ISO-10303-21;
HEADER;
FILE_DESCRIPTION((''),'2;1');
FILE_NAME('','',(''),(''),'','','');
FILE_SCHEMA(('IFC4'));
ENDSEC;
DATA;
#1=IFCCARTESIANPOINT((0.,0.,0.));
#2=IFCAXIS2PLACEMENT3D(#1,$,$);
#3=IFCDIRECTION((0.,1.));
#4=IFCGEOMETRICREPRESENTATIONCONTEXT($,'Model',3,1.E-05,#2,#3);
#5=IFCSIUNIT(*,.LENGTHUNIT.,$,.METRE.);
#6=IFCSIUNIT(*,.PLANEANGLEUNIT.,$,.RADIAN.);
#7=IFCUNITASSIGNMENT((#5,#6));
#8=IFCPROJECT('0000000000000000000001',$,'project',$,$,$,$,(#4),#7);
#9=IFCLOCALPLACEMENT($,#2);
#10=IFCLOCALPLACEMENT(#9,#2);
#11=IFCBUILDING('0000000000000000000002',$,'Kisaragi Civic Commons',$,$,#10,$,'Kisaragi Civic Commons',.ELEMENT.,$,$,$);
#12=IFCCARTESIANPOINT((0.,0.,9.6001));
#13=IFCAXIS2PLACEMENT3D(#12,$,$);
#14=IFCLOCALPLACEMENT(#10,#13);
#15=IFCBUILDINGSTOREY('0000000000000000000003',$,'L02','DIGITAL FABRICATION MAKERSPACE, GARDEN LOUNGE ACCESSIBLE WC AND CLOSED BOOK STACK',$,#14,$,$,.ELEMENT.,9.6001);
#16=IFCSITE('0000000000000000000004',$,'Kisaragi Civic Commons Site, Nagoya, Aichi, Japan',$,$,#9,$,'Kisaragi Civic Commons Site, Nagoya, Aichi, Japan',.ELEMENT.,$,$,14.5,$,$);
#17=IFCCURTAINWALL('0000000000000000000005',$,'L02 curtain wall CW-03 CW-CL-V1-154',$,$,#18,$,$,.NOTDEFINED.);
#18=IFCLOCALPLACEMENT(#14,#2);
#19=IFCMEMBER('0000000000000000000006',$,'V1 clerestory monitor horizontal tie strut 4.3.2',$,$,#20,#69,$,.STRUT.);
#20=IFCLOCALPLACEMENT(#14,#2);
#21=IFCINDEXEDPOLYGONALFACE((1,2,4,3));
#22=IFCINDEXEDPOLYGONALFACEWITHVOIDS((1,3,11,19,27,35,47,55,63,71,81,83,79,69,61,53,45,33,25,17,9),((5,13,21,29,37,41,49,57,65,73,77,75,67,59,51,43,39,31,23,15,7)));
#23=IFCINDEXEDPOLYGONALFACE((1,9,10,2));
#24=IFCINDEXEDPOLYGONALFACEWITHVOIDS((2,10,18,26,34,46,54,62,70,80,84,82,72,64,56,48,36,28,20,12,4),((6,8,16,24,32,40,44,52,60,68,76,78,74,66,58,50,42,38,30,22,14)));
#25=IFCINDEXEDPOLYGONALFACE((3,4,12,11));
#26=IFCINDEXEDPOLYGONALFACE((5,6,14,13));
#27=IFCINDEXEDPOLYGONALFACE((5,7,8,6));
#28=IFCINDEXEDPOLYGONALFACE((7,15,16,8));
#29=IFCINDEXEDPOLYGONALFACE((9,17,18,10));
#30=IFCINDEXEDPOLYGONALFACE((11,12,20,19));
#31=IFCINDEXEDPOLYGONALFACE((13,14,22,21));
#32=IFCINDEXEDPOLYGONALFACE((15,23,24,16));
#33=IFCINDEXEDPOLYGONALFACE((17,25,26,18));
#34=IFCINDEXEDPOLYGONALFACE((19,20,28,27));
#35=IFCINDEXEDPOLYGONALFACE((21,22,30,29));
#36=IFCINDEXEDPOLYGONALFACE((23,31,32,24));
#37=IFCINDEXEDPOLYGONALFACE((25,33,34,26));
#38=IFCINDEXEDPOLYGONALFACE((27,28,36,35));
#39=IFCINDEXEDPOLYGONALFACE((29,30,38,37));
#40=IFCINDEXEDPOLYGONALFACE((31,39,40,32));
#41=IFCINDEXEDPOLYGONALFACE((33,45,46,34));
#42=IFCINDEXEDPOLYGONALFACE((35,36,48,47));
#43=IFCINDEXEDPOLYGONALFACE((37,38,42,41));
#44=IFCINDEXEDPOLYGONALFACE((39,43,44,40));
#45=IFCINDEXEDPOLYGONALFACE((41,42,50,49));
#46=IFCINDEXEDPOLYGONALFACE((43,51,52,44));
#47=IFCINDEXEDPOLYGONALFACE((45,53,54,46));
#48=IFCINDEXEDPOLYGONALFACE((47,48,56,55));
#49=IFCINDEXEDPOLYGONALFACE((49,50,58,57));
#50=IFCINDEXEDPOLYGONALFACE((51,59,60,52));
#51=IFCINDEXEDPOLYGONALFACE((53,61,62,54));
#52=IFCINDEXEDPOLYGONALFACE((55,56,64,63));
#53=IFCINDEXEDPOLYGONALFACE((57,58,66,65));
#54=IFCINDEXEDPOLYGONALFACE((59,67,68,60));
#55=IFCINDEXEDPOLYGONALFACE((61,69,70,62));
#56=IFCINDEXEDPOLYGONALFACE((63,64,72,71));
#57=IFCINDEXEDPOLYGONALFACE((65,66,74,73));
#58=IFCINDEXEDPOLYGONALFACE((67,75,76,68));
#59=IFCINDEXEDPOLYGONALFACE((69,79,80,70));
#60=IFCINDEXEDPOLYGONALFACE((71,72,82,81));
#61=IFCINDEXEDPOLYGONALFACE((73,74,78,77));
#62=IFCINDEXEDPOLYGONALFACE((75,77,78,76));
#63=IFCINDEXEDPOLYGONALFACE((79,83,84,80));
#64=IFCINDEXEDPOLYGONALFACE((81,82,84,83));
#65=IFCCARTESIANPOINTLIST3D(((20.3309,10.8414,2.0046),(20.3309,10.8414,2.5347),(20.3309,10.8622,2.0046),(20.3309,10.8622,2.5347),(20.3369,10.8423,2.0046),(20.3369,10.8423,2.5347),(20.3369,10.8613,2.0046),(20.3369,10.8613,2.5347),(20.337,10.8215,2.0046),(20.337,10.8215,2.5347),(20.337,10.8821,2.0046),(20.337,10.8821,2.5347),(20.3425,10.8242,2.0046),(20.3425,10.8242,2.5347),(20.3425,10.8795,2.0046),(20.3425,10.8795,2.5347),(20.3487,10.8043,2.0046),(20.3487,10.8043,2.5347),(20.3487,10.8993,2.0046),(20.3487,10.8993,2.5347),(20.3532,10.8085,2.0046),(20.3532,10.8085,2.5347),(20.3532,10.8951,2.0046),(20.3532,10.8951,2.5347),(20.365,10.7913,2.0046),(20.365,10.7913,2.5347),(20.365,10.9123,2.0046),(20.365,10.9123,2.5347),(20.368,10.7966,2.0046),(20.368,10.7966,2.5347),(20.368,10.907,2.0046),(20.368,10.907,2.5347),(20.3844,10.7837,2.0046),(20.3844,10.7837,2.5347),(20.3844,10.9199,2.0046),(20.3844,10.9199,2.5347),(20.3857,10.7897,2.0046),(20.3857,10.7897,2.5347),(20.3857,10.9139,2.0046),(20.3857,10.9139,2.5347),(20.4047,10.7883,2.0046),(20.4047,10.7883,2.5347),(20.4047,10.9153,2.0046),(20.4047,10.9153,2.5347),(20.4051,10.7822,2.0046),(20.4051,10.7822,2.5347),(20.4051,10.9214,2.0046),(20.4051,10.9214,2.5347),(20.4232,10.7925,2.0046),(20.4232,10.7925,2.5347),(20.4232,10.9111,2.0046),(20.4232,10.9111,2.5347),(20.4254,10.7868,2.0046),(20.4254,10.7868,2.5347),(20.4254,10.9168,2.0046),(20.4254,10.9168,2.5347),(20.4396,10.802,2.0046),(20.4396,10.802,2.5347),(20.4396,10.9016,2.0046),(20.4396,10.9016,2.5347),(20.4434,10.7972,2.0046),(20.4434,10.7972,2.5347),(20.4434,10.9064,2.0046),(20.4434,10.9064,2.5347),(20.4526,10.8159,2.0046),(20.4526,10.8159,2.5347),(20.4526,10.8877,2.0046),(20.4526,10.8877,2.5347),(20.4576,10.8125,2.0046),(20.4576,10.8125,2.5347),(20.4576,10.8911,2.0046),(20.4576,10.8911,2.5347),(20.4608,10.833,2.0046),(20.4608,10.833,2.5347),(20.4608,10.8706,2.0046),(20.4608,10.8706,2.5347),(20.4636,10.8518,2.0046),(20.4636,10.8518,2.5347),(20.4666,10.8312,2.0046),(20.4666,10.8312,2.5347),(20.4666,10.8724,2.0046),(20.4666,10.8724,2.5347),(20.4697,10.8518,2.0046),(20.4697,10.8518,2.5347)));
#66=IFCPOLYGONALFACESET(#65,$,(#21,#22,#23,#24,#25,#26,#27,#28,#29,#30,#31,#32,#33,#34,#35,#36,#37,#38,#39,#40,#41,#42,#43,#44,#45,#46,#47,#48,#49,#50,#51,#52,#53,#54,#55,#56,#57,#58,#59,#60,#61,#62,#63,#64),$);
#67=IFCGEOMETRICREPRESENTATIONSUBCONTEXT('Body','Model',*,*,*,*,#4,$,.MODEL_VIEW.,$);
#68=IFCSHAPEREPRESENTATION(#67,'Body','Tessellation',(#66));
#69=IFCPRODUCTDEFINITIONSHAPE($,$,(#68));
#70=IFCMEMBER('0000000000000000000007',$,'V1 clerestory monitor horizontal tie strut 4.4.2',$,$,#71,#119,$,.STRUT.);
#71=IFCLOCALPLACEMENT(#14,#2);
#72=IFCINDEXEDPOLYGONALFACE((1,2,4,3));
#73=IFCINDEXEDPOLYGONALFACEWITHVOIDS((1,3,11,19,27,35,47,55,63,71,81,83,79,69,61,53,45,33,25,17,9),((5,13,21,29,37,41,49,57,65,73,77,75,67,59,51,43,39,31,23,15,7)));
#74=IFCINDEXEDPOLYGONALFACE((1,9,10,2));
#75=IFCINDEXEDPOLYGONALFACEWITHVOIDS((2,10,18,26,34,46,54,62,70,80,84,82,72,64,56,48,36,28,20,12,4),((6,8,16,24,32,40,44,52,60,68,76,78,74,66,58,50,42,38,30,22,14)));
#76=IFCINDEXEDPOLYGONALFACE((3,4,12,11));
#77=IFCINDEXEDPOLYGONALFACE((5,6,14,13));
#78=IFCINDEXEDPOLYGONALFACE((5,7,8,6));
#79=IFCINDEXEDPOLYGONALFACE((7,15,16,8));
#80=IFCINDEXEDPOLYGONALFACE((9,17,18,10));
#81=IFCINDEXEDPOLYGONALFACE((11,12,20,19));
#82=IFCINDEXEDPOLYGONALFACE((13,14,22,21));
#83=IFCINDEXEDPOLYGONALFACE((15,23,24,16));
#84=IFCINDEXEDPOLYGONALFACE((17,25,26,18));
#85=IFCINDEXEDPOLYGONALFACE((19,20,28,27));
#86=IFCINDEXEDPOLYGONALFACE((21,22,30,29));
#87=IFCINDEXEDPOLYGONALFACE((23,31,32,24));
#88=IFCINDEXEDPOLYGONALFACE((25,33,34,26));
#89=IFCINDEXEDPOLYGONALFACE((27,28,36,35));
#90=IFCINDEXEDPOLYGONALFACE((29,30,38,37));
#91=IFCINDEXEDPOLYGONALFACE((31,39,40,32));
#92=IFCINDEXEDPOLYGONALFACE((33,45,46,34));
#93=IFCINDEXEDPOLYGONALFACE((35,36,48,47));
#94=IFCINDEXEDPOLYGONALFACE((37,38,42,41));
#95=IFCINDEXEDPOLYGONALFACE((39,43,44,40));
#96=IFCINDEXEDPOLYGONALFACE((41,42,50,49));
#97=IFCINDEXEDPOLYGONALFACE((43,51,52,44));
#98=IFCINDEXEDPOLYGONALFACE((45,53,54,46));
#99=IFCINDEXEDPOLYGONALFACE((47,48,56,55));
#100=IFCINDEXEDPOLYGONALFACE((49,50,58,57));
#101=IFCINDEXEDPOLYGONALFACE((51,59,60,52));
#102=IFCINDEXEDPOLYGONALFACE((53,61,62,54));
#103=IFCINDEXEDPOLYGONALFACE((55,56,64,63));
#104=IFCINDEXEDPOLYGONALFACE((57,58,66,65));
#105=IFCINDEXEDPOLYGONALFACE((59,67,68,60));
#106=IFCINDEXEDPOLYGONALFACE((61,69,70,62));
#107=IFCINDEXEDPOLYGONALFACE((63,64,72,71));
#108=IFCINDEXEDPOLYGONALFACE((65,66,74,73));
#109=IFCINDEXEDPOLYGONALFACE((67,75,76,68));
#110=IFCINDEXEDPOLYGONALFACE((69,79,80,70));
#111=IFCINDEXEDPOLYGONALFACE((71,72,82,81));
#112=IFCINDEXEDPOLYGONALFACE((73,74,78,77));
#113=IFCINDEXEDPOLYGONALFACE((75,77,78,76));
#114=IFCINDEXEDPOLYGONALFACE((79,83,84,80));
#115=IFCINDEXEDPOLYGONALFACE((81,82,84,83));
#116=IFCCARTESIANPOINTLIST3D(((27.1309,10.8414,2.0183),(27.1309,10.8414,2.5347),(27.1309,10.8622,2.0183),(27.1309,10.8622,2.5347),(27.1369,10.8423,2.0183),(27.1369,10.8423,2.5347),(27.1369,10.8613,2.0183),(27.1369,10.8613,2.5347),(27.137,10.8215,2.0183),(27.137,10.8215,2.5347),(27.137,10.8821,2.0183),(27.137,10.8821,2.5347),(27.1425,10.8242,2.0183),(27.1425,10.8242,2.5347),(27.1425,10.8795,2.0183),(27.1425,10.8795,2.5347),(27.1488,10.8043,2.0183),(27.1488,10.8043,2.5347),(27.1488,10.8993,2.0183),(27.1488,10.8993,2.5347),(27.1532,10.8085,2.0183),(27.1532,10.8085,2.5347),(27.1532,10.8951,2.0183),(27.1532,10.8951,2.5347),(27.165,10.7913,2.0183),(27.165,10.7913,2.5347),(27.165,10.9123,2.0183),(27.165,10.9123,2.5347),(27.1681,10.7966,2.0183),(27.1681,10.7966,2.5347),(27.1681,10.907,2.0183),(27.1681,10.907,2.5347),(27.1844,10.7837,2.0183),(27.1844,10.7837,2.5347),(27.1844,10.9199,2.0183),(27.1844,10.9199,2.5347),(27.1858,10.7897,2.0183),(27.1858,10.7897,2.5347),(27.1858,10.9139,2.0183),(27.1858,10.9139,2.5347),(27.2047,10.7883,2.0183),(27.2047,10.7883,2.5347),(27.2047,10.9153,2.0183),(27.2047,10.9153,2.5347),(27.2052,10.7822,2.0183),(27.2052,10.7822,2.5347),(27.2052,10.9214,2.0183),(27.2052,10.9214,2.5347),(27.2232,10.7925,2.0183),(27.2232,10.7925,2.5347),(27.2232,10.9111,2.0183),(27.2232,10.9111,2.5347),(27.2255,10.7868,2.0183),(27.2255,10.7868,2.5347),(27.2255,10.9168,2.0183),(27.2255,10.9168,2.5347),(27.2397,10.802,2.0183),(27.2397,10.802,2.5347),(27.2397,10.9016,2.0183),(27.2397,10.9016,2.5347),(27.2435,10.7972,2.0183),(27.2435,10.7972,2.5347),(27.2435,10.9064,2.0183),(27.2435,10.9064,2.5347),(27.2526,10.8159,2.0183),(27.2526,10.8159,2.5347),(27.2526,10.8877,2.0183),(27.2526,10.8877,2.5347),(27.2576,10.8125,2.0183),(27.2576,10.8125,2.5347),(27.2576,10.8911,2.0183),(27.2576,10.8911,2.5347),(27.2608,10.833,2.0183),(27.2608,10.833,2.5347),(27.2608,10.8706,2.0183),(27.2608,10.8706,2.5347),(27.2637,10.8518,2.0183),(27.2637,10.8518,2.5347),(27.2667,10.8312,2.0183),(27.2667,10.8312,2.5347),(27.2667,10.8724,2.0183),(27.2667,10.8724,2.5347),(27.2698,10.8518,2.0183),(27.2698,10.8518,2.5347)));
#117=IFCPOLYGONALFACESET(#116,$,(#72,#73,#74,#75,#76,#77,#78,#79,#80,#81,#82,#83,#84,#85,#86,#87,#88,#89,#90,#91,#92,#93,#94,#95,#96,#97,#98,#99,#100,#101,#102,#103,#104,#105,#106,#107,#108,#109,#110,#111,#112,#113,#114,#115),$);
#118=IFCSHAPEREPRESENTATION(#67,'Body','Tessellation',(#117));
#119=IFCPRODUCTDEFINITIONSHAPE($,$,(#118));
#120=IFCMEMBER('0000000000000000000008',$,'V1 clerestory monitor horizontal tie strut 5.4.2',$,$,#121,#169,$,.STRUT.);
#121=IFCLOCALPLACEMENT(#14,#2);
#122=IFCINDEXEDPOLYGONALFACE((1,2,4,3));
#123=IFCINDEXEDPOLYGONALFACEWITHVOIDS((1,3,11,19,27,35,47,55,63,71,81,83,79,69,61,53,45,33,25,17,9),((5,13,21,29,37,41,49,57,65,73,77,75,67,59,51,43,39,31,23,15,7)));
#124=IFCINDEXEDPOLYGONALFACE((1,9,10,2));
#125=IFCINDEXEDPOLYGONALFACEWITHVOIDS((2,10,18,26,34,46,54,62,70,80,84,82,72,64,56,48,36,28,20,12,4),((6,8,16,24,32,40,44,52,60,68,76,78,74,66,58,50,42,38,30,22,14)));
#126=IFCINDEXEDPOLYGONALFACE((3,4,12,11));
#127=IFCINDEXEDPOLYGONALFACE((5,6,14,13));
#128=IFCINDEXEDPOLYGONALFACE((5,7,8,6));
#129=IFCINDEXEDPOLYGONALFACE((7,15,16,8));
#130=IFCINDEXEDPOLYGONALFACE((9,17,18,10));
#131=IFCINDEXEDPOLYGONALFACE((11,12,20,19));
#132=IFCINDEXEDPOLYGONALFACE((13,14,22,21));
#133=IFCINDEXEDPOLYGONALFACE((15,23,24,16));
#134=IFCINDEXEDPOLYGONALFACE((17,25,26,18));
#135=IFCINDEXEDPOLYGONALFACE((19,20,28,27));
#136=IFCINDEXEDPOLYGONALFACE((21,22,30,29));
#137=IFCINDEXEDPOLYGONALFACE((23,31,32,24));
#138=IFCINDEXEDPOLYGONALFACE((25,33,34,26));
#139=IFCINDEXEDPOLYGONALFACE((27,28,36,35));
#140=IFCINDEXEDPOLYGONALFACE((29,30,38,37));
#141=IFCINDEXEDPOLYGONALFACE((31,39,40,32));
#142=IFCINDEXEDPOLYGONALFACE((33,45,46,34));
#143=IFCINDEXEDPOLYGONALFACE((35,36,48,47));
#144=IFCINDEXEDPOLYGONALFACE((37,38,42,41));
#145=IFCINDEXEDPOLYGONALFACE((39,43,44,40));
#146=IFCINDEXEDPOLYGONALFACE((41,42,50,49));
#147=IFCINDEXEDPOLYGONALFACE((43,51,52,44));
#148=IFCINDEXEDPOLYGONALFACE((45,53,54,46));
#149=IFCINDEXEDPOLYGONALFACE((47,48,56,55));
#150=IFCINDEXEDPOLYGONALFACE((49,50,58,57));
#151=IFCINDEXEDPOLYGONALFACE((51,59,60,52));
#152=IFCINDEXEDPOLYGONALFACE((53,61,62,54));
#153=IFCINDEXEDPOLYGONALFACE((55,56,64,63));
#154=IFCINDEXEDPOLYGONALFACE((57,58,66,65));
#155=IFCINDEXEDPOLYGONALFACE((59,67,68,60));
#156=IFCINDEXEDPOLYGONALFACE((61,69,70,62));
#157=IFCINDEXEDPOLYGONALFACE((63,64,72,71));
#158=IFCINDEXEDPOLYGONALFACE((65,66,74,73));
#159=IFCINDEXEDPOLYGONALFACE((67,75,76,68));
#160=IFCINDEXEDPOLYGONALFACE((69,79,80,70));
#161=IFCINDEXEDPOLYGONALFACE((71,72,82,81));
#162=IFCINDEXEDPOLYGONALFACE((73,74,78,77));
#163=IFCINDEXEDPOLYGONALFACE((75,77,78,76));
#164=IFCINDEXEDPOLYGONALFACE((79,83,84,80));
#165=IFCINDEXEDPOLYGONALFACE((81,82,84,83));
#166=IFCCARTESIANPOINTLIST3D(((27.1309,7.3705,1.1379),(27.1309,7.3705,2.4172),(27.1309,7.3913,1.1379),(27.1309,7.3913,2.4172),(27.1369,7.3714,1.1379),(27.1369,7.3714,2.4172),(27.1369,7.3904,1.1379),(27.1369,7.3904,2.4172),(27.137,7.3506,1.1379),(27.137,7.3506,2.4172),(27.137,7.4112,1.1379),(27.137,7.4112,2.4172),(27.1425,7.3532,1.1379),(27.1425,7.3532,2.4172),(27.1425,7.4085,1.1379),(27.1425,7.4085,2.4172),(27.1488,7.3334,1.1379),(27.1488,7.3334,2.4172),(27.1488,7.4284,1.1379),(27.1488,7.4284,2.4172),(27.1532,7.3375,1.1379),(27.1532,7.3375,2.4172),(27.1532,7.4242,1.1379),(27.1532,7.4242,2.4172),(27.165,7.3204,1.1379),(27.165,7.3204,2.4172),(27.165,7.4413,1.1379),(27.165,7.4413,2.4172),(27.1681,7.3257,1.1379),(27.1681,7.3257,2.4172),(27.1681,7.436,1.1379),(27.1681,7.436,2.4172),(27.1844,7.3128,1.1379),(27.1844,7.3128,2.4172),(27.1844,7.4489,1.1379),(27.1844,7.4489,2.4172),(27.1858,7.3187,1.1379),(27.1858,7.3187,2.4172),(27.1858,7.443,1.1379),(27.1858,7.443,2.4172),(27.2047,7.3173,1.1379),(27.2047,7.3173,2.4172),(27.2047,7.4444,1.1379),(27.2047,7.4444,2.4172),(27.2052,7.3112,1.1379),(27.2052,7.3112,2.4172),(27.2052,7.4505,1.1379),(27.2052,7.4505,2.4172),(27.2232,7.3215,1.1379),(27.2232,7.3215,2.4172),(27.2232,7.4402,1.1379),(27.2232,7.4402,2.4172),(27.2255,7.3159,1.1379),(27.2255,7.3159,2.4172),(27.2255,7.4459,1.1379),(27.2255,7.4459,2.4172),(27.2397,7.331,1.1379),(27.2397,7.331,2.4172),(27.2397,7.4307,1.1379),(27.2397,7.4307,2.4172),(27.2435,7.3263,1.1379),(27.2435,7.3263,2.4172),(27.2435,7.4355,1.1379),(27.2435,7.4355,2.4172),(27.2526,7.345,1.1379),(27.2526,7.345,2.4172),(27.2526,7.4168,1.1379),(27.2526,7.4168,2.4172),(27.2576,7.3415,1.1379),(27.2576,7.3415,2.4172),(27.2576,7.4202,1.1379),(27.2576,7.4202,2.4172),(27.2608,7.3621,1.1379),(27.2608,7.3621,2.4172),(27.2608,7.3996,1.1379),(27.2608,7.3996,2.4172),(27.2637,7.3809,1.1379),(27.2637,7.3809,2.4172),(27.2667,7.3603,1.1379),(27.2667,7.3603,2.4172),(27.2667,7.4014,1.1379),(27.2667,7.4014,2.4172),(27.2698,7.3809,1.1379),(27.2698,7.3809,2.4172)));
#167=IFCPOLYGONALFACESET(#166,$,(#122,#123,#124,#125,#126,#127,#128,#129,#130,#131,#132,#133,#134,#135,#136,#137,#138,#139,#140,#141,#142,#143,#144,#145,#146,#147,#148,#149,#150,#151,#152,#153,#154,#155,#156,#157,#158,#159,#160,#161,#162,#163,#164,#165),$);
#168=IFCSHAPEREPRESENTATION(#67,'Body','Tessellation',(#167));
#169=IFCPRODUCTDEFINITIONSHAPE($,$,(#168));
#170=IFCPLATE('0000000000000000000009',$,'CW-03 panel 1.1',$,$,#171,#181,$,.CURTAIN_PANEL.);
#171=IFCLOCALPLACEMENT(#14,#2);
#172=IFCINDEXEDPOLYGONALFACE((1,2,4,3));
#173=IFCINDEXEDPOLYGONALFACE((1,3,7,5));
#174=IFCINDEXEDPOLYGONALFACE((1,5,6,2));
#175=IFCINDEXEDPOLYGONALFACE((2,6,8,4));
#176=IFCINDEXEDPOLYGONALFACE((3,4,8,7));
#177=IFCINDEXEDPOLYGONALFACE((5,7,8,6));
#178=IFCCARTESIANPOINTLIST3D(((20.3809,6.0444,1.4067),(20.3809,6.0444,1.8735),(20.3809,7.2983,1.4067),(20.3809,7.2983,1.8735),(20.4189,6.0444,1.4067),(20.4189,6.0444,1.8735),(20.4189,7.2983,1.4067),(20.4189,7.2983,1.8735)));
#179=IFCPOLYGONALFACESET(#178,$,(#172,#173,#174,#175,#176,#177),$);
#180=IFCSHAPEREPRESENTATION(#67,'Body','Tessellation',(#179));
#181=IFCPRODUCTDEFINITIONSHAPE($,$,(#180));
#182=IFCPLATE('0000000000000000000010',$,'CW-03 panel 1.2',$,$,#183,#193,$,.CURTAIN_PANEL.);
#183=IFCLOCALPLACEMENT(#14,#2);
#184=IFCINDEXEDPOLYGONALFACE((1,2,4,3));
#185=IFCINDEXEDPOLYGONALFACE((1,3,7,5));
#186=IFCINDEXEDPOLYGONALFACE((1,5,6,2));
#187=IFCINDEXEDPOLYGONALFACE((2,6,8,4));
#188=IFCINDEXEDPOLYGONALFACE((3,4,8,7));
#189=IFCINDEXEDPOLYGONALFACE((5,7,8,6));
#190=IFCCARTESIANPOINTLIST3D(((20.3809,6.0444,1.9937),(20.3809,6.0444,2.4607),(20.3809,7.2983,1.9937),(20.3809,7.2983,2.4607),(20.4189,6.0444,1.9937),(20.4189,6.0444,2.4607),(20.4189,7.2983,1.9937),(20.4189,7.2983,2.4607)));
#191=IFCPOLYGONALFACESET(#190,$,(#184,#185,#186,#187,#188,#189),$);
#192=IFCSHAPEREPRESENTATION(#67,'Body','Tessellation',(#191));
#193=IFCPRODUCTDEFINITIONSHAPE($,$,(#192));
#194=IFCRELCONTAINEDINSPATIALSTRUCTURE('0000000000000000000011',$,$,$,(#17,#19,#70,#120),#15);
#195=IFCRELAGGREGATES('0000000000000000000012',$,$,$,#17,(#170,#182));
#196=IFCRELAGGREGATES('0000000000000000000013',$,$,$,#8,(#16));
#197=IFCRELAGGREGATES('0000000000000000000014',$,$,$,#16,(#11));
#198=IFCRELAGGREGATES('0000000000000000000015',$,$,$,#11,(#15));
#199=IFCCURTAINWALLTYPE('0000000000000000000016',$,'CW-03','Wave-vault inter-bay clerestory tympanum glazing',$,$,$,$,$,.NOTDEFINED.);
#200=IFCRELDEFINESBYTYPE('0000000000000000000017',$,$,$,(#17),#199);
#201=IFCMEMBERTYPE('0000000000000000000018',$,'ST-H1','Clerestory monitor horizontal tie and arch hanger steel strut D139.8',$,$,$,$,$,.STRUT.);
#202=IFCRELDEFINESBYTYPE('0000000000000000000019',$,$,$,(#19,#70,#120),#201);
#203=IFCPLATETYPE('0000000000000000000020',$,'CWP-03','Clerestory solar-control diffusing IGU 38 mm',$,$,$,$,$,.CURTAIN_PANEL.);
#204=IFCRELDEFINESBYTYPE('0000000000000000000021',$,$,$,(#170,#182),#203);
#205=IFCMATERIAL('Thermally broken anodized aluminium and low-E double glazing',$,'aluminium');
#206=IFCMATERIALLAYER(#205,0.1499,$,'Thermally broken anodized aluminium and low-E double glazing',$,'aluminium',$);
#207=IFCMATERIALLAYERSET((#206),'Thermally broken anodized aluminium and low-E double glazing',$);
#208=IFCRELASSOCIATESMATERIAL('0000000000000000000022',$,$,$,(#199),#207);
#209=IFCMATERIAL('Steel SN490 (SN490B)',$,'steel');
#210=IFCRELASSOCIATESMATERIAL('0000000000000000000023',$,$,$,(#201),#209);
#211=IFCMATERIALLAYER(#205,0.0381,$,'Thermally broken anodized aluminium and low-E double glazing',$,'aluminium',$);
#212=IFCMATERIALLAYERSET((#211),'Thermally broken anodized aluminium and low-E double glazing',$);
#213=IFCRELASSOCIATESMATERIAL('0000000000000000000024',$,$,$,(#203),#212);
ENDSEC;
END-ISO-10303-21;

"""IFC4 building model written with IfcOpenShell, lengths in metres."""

from ifc_helpers import new_model, si_unit, direction, frame, origin, origin_2d, place, context, subcontext, project, spatial, rectangle, hollow_circle, extrude, material, layer, layer_set, material_profile, profile_set, type_object, element, aggregate, save


model = new_model("IFC4")

# Units and contexts
model_context = context("Model", 3, precision=1e-05, world=origin(), true_north=direction((0.0, 1.0)))
body_context = subcontext(model_context, "Body", "Model", "MODEL_VIEW")
ifc_project = project(units=[si_unit("LENGTHUNIT", "METRE"), si_unit("PLANEANGLEUNIT", "RADIAN")], contexts=[model_context])

# Site, building, storey
site_placement = place(None, origin())
site = spatial("IfcSite", under=ifc_project, at=site_placement, Name="Kisaragi Civic Commons Site, Nagoya, Aichi, Japan", LongName="Kisaragi Civic Commons Site, Nagoya, Aichi, Japan", CompositionType="ELEMENT", RefElevation=14.5)
building_placement = place(site_placement, origin())
building = spatial("IfcBuilding", under=site, at=building_placement, Name="Kisaragi Civic Commons", LongName="Kisaragi Civic Commons", CompositionType="ELEMENT")
storey_placement = place(building_placement, frame((0.0, 0.0, 9.6001)))
storey = spatial("IfcBuildingStorey", under=building, at=storey_placement, Name="L02", Description="DIGITAL FABRICATION MAKERSPACE, GARDEN LOUNGE ACCESSIBLE WC AND CLOSED BOOK STACK", CompositionType="ELEMENT", Elevation=9.6001)

# Curtain wall
ifc_material_1 = material(Name="Thermally broken anodized aluminium and low-E double glazing", Category="aluminium")
ifc_layer_1 = layer(ifc_material_1, 0.1499, Name="Thermally broken anodized aluminium and low-E double glazing", Category="aluminium")
ifc_layer_set_1 = layer_set([ifc_layer_1], Name="Thermally broken anodized aluminium and low-E double glazing")
curtain_wall_type = type_object("IfcCurtainWallType", Name="CW-03", Description="Wave-vault inter-bay clerestory tympanum glazing", PredefinedType="NOTDEFINED", material=ifc_layer_set_1)
curtain_wall_placement = place(storey_placement, origin())
curtain_wall = element("IfcCurtainWall", 1, at=curtain_wall_placement, inside=storey, type_object=curtain_wall_type, Name="L02 curtain wall CW-03 CW-CL-V1-154", PredefinedType="NOTDEFINED")

# Members
ifc_material_2 = material(Name="Steel SN490 (SN490B)", Category="steel")
ifc_material_profile_1 = material_profile(ifc_material_2, hollow_circle(Radius=0.0698, WallThickness=0.0061, at=origin_2d()), Name="CHS-139.8x6.0", Category="steel")
ifc_profile_set_1 = profile_set([ifc_material_profile_1], Name="Steel SN490 (SN490B)")
member_type_1 = type_object("IfcMemberType", Name="ST-H1", Description="Clerestory monitor horizontal tie and arch hanger steel strut D139.8", PredefinedType="STRUT", material=ifc_profile_set_1)
member_1_placement = place(storey_placement, frame((20.3999, 10.8518, 2.0046), z_axis=(0.0, 0.0, 1.0), x_axis=(1.0, 0.0, 0.0)))
element("IfcMember", 2, at=member_1_placement, inside=storey, type_object=member_type_1, Name="V1 clerestory monitor horizontal tie strut 4.3.2", PredefinedType="STRUT", context=body_context, shape_type="SweptSolid", body=[
    extrude(hollow_circle(Radius=0.0698, WallThickness=0.0061, at=origin_2d()), origin(), (0.0, 0.0, 1.0), 0.53),
])
member_2_placement = place(storey_placement, frame((27.2, 10.8518, 2.0183), z_axis=(0.0, 0.0, 1.0), x_axis=(1.0, 0.0, 0.0)))
element("IfcMember", 3, at=member_2_placement, inside=storey, type_object=member_type_1, Name="V1 clerestory monitor horizontal tie strut 4.4.2", PredefinedType="STRUT", context=body_context, shape_type="SweptSolid", body=[
    extrude(hollow_circle(Radius=0.0698, WallThickness=0.0061, at=origin_2d()), origin(), (0.0, 0.0, 1.0), 0.5164),
])
member_3_placement = place(storey_placement, frame((27.2, 7.3809, 1.1379), z_axis=(0.0, 0.0, 1.0), x_axis=(1.0, 0.0, 0.0)))
element("IfcMember", 4, at=member_3_placement, inside=storey, type_object=member_type_1, Name="V1 clerestory monitor horizontal tie strut 5.4.2", PredefinedType="STRUT", context=body_context, shape_type="SweptSolid", body=[
    extrude(hollow_circle(Radius=0.0698, WallThickness=0.0061, at=origin_2d()), origin(), (0.0, 0.0, 1.0), 1.2793),
])

# Plates
ifc_layer_2 = layer(ifc_material_1, 0.0381, Name="Thermally broken anodized aluminium and low-E double glazing", Category="aluminium")
ifc_layer_set_2 = layer_set([ifc_layer_2], Name="Thermally broken anodized aluminium and low-E double glazing")
plate_type_1 = type_object("IfcPlateType", Name="CWP-03", Description="Clerestory solar-control diffusing IGU 38 mm", PredefinedType="CURTAIN_PANEL", material=ifc_layer_set_2)
plate_1_placement = place(storey_placement, frame((20.3999, 6.6714, 1.4067), z_axis=(0.0, 0.0, 1.0), x_axis=(0.0, 1.0, 0.0)))
plate_1 = element("IfcPlate", 5, at=plate_1_placement, type_object=plate_type_1, Name="CW-03 panel 1.1", PredefinedType="CURTAIN_PANEL", context=body_context, shape_type="SweptSolid", body=[
    extrude(rectangle(XDim=1.2539, YDim=0.0381, at=origin_2d()), origin(), (0.0, 0.0, 1.0), 0.4668),
])
plate_2_placement = place(storey_placement, frame((20.3999, 6.6714, 1.9937), z_axis=(0.0, 0.0, 1.0), x_axis=(0.0, 1.0, 0.0)))
plate_2 = element("IfcPlate", 6, at=plate_2_placement, type_object=plate_type_1, Name="CW-03 panel 1.2", PredefinedType="CURTAIN_PANEL", context=body_context, shape_type="SweptSolid", body=[
    extrude(rectangle(XDim=1.2539, YDim=0.0381, at=origin_2d()), origin(), (0.0, 0.0, 1.0), 0.467),
])
aggregate(curtain_wall, [plate_1, plate_2])

save(model, "model.ifc")
